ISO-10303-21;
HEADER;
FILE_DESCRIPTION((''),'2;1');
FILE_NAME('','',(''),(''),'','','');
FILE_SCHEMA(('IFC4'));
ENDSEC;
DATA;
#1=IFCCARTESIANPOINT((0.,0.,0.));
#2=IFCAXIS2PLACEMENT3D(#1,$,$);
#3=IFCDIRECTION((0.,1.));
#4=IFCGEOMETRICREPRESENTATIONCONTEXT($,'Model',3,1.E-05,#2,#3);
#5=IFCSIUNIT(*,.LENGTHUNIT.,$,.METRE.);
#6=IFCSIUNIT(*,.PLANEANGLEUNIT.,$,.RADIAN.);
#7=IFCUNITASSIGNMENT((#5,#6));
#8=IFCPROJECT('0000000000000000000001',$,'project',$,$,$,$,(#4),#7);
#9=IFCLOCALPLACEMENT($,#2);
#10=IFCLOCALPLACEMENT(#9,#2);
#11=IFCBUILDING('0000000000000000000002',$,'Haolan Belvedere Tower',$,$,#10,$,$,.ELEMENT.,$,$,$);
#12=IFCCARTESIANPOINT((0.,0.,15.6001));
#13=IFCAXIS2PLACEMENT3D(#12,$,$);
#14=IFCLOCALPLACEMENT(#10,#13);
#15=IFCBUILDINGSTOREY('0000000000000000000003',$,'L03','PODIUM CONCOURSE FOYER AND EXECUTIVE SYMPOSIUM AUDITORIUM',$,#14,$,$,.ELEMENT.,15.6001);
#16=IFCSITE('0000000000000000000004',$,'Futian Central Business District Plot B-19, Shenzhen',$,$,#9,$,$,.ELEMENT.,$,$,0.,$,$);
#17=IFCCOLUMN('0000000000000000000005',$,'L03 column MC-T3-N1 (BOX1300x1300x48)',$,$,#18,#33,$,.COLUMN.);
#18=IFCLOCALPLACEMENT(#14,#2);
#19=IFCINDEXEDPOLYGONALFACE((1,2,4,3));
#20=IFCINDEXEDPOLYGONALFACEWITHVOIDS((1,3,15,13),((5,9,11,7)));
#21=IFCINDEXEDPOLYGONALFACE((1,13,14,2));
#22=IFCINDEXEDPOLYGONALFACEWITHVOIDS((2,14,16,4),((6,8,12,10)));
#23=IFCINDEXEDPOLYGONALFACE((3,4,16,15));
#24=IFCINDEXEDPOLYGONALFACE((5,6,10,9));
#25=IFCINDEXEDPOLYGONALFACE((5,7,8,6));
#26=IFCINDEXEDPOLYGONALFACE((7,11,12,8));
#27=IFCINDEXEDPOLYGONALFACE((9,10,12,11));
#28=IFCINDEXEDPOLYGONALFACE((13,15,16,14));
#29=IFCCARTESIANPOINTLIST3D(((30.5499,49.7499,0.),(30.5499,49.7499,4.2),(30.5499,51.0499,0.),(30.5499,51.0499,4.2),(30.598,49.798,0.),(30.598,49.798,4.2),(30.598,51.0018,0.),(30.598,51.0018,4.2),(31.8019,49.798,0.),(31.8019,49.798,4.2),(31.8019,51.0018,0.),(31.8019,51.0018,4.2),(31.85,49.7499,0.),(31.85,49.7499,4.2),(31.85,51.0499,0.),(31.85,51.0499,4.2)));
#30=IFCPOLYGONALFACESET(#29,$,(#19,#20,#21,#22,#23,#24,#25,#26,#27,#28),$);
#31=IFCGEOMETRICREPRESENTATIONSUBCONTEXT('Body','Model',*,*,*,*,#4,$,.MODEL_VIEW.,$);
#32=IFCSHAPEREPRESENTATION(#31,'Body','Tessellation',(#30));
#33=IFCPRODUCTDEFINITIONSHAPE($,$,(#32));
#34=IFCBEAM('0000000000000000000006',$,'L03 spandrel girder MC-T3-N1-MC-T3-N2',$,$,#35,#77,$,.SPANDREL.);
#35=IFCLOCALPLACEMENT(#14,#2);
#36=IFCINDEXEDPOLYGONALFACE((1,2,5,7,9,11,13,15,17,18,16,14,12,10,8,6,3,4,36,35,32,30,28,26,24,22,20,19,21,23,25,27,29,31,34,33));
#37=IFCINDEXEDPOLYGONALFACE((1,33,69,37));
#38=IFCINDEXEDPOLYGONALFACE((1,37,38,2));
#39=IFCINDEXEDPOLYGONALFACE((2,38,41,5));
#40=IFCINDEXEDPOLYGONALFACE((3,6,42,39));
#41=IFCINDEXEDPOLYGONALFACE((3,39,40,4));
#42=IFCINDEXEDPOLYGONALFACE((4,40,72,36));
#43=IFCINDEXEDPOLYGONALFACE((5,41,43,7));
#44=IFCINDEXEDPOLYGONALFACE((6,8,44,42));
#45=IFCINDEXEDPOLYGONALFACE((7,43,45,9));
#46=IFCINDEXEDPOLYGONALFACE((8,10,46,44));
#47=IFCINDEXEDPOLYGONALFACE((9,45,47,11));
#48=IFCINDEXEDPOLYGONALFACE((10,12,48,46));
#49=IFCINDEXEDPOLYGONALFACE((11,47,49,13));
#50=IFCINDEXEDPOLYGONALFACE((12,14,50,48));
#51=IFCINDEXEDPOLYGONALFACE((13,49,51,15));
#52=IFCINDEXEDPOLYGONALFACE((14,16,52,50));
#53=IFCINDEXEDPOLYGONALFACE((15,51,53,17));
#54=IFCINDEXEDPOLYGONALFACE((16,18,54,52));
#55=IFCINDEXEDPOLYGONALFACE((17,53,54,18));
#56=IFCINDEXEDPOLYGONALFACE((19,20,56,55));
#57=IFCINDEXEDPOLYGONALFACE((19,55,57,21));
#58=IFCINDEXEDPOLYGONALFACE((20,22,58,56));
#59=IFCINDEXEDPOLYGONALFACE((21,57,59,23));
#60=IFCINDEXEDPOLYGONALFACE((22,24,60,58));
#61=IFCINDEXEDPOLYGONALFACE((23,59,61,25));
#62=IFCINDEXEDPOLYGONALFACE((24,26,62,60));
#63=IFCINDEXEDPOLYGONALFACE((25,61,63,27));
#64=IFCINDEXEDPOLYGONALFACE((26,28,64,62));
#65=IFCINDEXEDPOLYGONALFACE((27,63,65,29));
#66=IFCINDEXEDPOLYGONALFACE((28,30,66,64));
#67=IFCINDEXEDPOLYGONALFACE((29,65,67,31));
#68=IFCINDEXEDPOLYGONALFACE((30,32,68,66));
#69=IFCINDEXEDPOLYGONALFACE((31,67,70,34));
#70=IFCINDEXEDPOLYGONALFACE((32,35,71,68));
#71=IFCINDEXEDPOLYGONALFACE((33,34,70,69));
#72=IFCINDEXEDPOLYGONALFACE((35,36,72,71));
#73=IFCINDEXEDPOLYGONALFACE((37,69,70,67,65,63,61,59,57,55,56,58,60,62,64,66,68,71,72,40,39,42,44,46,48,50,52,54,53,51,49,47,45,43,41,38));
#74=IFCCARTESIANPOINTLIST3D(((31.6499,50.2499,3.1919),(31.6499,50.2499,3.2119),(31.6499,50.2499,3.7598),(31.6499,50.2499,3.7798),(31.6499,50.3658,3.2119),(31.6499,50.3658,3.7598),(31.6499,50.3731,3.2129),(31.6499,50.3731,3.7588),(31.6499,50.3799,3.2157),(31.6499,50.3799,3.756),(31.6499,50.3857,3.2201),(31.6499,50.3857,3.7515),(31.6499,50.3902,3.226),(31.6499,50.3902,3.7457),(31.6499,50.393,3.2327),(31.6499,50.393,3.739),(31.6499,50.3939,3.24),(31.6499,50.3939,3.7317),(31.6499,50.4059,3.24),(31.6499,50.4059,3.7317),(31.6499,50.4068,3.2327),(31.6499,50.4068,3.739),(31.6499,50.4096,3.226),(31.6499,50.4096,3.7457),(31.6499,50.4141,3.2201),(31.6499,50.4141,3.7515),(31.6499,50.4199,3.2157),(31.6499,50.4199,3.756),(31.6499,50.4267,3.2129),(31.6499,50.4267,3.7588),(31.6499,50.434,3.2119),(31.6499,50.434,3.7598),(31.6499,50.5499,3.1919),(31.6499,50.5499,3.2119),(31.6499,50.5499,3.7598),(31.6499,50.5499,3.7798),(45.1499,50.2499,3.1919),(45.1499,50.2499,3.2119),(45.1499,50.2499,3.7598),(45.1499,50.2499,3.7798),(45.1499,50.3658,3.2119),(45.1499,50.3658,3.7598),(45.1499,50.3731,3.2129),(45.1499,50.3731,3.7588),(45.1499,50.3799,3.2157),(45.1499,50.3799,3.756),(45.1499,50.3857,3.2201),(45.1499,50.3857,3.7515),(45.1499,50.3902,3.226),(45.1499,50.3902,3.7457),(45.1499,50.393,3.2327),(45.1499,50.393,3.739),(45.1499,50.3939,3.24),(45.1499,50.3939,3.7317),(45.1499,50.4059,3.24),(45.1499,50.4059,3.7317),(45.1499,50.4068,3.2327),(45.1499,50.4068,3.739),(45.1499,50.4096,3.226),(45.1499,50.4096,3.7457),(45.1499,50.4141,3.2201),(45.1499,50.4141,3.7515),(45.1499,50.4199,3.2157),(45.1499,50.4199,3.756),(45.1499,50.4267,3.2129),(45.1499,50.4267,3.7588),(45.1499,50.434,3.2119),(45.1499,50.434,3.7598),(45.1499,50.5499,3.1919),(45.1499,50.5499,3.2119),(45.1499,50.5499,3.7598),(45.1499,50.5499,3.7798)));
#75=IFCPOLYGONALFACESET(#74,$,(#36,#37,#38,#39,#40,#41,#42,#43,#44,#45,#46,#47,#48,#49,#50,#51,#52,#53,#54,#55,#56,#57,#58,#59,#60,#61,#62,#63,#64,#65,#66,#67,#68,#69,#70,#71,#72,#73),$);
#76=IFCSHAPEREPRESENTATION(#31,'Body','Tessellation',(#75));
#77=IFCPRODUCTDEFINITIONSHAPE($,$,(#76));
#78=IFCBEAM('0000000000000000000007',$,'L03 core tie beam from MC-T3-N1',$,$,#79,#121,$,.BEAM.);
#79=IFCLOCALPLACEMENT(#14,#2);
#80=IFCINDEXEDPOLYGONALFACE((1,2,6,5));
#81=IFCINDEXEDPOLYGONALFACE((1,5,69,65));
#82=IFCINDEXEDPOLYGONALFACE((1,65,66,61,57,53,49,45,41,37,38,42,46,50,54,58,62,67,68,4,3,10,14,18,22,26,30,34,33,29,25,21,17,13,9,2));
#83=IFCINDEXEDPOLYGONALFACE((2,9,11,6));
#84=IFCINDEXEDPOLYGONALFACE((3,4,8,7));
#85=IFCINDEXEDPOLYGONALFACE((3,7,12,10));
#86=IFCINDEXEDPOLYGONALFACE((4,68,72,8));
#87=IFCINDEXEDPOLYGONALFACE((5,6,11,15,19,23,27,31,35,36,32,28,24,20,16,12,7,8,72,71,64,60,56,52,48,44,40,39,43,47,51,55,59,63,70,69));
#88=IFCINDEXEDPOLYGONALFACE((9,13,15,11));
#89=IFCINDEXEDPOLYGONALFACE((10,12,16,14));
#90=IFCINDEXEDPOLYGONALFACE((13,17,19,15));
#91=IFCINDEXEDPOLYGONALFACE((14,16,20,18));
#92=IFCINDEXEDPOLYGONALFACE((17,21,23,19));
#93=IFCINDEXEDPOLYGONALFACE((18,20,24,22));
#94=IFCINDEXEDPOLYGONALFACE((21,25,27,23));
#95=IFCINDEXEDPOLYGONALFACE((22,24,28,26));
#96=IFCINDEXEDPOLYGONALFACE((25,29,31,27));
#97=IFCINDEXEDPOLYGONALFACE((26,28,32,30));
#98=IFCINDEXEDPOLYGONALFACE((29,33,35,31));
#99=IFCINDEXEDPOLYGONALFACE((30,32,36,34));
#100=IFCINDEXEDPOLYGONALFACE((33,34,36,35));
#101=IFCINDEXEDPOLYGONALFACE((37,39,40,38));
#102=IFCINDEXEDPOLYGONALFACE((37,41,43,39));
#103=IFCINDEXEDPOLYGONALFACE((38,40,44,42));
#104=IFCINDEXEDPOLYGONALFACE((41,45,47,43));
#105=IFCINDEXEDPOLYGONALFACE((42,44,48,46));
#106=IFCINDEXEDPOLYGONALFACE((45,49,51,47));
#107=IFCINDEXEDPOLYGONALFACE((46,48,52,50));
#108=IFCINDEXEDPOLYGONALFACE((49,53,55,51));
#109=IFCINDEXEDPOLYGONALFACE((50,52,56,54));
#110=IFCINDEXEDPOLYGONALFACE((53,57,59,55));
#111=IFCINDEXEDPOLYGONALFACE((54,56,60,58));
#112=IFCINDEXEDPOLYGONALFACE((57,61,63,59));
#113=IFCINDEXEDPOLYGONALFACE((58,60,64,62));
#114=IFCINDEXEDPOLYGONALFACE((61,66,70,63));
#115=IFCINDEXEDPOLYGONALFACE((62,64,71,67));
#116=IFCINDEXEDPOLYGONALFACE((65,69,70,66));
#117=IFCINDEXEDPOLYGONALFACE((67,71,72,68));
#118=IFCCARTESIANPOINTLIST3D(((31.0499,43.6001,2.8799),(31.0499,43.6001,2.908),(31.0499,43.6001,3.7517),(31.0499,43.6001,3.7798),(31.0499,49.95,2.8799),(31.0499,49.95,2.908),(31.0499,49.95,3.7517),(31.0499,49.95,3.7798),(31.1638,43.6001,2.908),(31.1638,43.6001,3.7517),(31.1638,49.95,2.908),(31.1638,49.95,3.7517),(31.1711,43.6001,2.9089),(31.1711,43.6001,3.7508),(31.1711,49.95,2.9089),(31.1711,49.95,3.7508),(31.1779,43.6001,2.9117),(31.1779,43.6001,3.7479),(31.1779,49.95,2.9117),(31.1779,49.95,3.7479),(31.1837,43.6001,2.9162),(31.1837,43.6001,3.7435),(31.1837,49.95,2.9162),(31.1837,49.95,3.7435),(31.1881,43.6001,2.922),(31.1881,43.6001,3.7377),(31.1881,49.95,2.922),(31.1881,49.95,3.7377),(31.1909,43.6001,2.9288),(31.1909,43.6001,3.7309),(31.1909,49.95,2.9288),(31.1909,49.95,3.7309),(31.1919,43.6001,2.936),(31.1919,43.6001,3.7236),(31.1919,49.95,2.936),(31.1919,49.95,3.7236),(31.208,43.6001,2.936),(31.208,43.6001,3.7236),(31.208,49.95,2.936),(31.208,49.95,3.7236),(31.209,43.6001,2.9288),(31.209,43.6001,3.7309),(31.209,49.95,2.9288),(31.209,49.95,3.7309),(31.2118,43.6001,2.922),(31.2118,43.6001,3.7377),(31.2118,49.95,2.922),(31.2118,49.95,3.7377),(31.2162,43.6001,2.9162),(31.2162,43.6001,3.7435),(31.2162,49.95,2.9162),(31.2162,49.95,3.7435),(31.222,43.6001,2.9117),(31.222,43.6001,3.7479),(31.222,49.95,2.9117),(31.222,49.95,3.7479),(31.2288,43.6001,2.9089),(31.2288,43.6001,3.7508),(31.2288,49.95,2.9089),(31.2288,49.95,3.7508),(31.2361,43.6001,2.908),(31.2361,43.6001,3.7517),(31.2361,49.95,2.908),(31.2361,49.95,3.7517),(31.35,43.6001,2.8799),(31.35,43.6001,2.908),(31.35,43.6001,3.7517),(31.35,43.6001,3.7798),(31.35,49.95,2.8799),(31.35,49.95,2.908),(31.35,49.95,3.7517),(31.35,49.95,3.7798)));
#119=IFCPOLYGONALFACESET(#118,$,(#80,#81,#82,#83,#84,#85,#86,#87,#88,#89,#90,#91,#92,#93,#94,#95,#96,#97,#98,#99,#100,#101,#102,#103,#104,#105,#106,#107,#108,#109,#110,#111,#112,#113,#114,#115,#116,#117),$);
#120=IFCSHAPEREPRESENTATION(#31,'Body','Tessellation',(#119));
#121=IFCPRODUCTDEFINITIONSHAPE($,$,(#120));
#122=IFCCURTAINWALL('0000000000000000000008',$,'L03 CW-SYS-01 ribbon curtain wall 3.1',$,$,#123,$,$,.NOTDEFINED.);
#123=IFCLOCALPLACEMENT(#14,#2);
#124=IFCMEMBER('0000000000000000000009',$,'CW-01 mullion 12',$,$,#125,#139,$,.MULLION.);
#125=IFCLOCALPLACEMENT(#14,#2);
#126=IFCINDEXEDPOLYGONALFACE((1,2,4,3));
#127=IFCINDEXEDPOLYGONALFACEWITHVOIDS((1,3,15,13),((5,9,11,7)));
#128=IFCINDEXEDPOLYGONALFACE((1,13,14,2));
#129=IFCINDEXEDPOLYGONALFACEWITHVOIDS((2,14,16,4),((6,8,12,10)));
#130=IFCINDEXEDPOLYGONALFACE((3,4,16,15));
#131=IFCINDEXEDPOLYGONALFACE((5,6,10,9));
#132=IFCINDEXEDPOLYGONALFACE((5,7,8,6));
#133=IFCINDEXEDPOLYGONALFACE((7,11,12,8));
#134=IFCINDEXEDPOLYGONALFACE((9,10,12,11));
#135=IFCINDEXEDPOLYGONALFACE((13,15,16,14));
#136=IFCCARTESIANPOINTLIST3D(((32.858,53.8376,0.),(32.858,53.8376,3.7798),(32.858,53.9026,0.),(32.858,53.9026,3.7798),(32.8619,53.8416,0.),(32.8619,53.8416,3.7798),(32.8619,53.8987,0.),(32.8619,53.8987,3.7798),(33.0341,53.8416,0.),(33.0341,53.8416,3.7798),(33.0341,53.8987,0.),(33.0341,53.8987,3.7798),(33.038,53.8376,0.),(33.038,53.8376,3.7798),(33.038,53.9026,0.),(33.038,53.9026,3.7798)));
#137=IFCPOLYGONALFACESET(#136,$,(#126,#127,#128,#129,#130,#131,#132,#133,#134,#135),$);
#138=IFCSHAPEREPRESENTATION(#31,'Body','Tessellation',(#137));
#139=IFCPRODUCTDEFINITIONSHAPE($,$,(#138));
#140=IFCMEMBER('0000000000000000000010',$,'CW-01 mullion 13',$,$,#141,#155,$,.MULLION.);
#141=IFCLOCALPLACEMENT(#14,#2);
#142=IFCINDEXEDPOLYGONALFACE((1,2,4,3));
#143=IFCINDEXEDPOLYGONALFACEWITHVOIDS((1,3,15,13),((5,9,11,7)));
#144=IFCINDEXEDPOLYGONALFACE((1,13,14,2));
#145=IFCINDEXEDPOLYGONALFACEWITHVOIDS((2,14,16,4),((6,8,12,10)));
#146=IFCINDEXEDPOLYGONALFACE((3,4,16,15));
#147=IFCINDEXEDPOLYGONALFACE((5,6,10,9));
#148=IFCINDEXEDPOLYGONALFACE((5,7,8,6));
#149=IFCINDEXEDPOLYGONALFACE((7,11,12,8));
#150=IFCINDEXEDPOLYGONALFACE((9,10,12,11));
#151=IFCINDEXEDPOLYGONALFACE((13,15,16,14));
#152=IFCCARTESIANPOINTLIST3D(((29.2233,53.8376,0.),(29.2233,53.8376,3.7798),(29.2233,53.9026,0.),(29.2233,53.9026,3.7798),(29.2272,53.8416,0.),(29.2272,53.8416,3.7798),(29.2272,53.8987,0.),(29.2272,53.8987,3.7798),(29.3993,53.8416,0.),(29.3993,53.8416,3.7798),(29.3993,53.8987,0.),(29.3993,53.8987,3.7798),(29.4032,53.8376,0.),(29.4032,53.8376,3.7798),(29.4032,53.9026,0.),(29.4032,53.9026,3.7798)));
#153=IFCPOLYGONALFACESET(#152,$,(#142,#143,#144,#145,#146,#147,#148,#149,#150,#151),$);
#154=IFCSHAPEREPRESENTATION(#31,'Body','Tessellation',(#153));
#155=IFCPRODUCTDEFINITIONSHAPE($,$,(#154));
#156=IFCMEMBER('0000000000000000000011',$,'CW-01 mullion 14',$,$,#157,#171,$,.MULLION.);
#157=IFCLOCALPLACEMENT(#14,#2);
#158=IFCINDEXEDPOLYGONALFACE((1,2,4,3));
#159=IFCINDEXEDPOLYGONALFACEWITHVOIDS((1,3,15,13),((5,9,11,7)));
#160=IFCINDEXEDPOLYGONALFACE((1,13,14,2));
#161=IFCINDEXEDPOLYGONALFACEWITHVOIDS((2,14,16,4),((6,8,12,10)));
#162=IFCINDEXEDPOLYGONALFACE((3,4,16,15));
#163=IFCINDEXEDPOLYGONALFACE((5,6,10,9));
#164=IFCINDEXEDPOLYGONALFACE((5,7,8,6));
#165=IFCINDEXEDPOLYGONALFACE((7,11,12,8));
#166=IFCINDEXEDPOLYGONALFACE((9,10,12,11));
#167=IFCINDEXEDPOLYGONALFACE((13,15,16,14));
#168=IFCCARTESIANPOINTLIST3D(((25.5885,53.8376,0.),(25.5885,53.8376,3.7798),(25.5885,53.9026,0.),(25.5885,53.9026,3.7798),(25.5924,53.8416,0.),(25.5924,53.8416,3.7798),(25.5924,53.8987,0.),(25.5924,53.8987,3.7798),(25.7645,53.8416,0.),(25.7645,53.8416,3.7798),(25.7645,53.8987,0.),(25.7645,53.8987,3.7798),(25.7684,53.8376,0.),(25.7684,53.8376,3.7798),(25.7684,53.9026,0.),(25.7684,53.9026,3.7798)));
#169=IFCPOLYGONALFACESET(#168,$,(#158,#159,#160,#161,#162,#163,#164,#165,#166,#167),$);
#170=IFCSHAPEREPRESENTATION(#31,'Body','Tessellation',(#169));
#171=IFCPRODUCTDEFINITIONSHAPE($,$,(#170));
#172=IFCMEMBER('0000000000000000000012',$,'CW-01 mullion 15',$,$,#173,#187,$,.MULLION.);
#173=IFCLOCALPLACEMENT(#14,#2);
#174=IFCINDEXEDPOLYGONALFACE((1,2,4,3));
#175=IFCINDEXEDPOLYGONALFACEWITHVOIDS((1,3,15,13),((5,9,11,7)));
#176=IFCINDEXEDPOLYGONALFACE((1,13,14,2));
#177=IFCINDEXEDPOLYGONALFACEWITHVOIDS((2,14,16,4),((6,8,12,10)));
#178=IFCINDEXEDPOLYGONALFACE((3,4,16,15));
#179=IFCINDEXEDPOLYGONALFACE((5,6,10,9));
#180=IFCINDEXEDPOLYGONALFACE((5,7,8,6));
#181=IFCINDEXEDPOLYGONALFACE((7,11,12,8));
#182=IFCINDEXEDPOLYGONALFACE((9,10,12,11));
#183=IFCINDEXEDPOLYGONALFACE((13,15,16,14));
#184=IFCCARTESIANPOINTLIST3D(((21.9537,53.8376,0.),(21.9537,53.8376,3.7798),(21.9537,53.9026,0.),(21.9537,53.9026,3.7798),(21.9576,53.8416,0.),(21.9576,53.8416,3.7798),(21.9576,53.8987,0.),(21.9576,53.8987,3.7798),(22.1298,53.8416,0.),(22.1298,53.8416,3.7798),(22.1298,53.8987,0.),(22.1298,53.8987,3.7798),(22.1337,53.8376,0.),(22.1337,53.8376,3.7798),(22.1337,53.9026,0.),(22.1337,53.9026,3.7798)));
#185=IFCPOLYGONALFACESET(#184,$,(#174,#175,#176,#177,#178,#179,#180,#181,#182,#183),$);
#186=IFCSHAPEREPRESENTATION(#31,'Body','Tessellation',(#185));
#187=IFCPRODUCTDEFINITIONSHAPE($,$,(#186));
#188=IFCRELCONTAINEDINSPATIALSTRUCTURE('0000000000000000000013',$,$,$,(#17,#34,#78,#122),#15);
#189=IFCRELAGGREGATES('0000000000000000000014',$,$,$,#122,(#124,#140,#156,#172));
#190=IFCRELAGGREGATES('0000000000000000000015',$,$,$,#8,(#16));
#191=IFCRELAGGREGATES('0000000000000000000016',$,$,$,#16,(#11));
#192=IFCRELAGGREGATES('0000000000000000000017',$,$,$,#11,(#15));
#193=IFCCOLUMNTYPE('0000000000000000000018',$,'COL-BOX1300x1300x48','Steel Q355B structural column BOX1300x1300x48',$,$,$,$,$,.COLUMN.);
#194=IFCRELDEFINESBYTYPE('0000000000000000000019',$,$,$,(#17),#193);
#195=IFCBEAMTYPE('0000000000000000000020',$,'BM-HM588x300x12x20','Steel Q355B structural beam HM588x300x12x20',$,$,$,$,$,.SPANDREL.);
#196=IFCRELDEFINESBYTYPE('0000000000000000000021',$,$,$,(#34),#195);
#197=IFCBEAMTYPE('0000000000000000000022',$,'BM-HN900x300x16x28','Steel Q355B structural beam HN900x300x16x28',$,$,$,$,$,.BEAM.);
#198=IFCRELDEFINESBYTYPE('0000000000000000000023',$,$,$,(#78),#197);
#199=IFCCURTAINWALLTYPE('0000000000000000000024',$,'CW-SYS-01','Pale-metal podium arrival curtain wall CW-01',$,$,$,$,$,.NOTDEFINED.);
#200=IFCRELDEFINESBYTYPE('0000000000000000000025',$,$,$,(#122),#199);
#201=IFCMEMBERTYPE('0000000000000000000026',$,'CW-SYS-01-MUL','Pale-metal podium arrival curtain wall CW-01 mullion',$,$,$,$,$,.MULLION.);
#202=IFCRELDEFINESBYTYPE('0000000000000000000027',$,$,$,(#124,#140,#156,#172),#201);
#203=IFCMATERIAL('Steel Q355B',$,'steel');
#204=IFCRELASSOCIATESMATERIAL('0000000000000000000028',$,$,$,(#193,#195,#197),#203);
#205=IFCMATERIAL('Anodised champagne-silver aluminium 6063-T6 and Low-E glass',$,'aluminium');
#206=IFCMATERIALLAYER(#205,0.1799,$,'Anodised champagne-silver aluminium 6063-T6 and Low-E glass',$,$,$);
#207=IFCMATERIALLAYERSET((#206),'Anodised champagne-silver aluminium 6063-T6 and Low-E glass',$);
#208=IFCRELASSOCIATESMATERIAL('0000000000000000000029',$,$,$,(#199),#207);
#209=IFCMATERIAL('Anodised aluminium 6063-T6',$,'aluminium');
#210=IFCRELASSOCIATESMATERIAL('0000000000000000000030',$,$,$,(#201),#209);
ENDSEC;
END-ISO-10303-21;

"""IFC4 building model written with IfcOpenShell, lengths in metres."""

from ifc_helpers import new_model, si_unit, direction, frame, origin, origin_2d, place, context, subcontext, project, spatial, hollow_rectangle, i_section, extrude, material, layer, layer_set, material_profile, profile_set, type_object, element, aggregate, save


model = new_model("IFC4")

# Units and contexts
model_context = context("Model", 3, precision=1e-05, world=origin(), true_north=direction((0.0, 1.0)))
body_context = subcontext(model_context, "Body", "Model", "MODEL_VIEW")
ifc_project = project(units=[si_unit("LENGTHUNIT", "METRE"), si_unit("PLANEANGLEUNIT", "RADIAN")], contexts=[model_context])

# Site, building, storey
site_placement = place(None, origin())
site = spatial("IfcSite", under=ifc_project, at=site_placement, Name="Futian Central Business District Plot B-19, Shenzhen", CompositionType="ELEMENT", RefElevation=0.0)
building_placement = place(site_placement, origin())
building = spatial("IfcBuilding", under=site, at=building_placement, Name="Haolan Belvedere Tower", CompositionType="ELEMENT")
storey_placement = place(building_placement, frame((0.0, 0.0, 15.6001)))
storey = spatial("IfcBuildingStorey", under=building, at=storey_placement, Name="L03", Description="PODIUM CONCOURSE FOYER AND EXECUTIVE SYMPOSIUM AUDITORIUM", CompositionType="ELEMENT", Elevation=15.6001)

# Column
ifc_material_1 = material(Name="Steel Q355B", Category="steel")
ifc_material_profile_1 = material_profile(ifc_material_1, hollow_rectangle(XDim=1.3, YDim=1.3, WallThickness=0.0481, at=origin_2d()), Name="Steel Q355B")
ifc_profile_set_1 = profile_set([ifc_material_profile_1], Name="Steel Q355B")
column_type = type_object("IfcColumnType", Name="COL-BOX1300x1300x48", Description="Steel Q355B structural column BOX1300x1300x48", PredefinedType="COLUMN", material=ifc_profile_set_1)
column_placement = place(storey_placement, frame((31.2, 50.3999, 0.0), z_axis=(0.0, 0.0, 1.0), x_axis=(1.0, 0.0, 0.0)))
element("IfcColumn", 1, at=column_placement, inside=storey, type_object=column_type, Name="L03 column MC-T3-N1 (BOX1300x1300x48)", PredefinedType="COLUMN", context=body_context, shape_type="SweptSolid", body=[
    extrude(hollow_rectangle(XDim=1.3, YDim=1.3, WallThickness=0.0481, at=origin_2d()), origin(), (0.0, 0.0, 1.0), 4.2),
])

# Beams
ifc_material_profile_2 = material_profile(ifc_material_1, i_section(OverallWidth=0.3, OverallDepth=0.5879, WebThickness=0.012, FlangeThickness=0.02, FilletRadius=0.0281, at=origin_2d()), Name="Steel Q355B")
ifc_profile_set_2 = profile_set([ifc_material_profile_2], Name="Steel Q355B")
beam_type_1 = type_object("IfcBeamType", Name="BM-HM588x300x12x20", Description="Steel Q355B structural beam HM588x300x12x20", PredefinedType="SPANDREL", material=ifc_profile_set_2)
beam_1_placement = place(storey_placement, frame((31.6499, 50.3999, 3.4858), z_axis=(1.0, 0.0, 0.0), x_axis=(0.0, 1.0, 0.0)))
element("IfcBeam", 2, at=beam_1_placement, inside=storey, type_object=beam_type_1, Name="L03 spandrel girder MC-T3-N1-MC-T3-N2", PredefinedType="SPANDREL", context=body_context, shape_type="SweptSolid", body=[
    extrude(i_section(OverallWidth=0.3, OverallDepth=0.5879, WebThickness=0.012, FlangeThickness=0.02, FilletRadius=0.0281, at=origin_2d()), origin(), (0.0, 0.0, 1.0), 13.5),
])
ifc_material_profile_3 = material_profile(ifc_material_1, i_section(OverallWidth=0.3, OverallDepth=0.8999, WebThickness=0.0161, FlangeThickness=0.0281, FilletRadius=0.0281, at=origin_2d()), Name="Steel Q355B")
ifc_profile_set_3 = profile_set([ifc_material_profile_3], Name="Steel Q355B")
beam_type_2 = type_object("IfcBeamType", Name="BM-HN900x300x16x28", Description="Steel Q355B structural beam HN900x300x16x28", PredefinedType="BEAM", material=ifc_profile_set_3)
beam_2_placement = place(storey_placement, frame((31.2, 49.95, 3.3298), z_axis=(0.0, -1.0, 0.0), x_axis=(1.0, 0.0, 0.0)))
element("IfcBeam", 3, at=beam_2_placement, inside=storey, type_object=beam_type_2, Name="L03 core tie beam from MC-T3-N1", PredefinedType="BEAM", context=body_context, shape_type="SweptSolid", body=[
    extrude(i_section(OverallWidth=0.3, OverallDepth=0.8999, WebThickness=0.0161, FlangeThickness=0.0281, FilletRadius=0.0281, at=origin_2d()), origin(), (0.0, 0.0, 1.0), 6.3499),
])

# Curtain wall, members
ifc_material_2 = material(Name="Anodised champagne-silver aluminium 6063-T6 and Low-E glass", Category="aluminium")
ifc_layer_1 = layer(ifc_material_2, 0.1799, Name="Anodised champagne-silver aluminium 6063-T6 and Low-E glass")
ifc_layer_set_1 = layer_set([ifc_layer_1], Name="Anodised champagne-silver aluminium 6063-T6 and Low-E glass")
curtain_wall_type = type_object("IfcCurtainWallType", Name="CW-SYS-01", Description="Pale-metal podium arrival curtain wall CW-01", PredefinedType="NOTDEFINED", material=ifc_layer_set_1)
curtain_wall_placement = place(storey_placement, origin())
curtain_wall = element("IfcCurtainWall", 4, at=curtain_wall_placement, inside=storey, type_object=curtain_wall_type, Name="L03 CW-SYS-01 ribbon curtain wall 3.1", PredefinedType="NOTDEFINED")
ifc_material_3 = material(Name="Anodised aluminium 6063-T6", Category="aluminium")
ifc_material_profile_4 = material_profile(ifc_material_3, hollow_rectangle(XDim=0.0649, YDim=0.1799, WallThickness=0.0039, at=origin_2d()), Name="Anodised aluminium 6063-T6")
ifc_profile_set_4 = profile_set([ifc_material_profile_4], Name="Anodised aluminium 6063-T6")
member_type_1 = type_object("IfcMemberType", Name="CW-SYS-01-MUL", Description="Pale-metal podium arrival curtain wall CW-01 mullion", PredefinedType="MULLION", material=ifc_profile_set_4)
member_1_placement = place(storey_placement, frame((32.948, 53.8701, 0.0), z_axis=(0.0, 0.0, 1.0), x_axis=(0.0, -1.0, 0.0)))
member_1 = element("IfcMember", 5, at=member_1_placement, type_object=member_type_1, Name="CW-01 mullion 12", PredefinedType="MULLION", context=body_context, shape_type="SweptSolid", body=[
    extrude(hollow_rectangle(XDim=0.0649, YDim=0.1799, WallThickness=0.0039, at=origin_2d()), origin(), (0.0, 0.0, 1.0), 3.7798),
])
member_2_placement = place(storey_placement, frame((29.3132, 53.8701, 0.0), z_axis=(0.0, 0.0, 1.0), x_axis=(0.0, -1.0, 0.0)))
member_2 = element("IfcMember", 6, at=member_2_placement, type_object=member_type_1, Name="CW-01 mullion 13", PredefinedType="MULLION", context=body_context, shape_type="SweptSolid", body=[
    extrude(hollow_rectangle(XDim=0.0649, YDim=0.1799, WallThickness=0.0039, at=origin_2d()), origin(), (0.0, 0.0, 1.0), 3.7798),
])
member_3_placement = place(storey_placement, frame((25.6785, 53.8701, 0.0), z_axis=(0.0, 0.0, 1.0), x_axis=(0.0, -1.0, 0.0)))
member_3 = element("IfcMember", 7, at=member_3_placement, type_object=member_type_1, Name="CW-01 mullion 14", PredefinedType="MULLION", context=body_context, shape_type="SweptSolid", body=[
    extrude(hollow_rectangle(XDim=0.0649, YDim=0.1799, WallThickness=0.0039, at=origin_2d()), origin(), (0.0, 0.0, 1.0), 3.7798),
])
member_4_placement = place(storey_placement, frame((22.0437, 53.8701, 0.0), z_axis=(0.0, 0.0, 1.0), x_axis=(0.0, -1.0, 0.0)))
member_4 = element("IfcMember", 8, at=member_4_placement, type_object=member_type_1, Name="CW-01 mullion 15", PredefinedType="MULLION", context=body_context, shape_type="SweptSolid", body=[
    extrude(hollow_rectangle(XDim=0.0649, YDim=0.1799, WallThickness=0.0039, at=origin_2d()), origin(), (0.0, 0.0, 1.0), 3.7798),
])
aggregate(curtain_wall, [member_1, member_2, member_3, member_4])

save(model, "model.ifc")
